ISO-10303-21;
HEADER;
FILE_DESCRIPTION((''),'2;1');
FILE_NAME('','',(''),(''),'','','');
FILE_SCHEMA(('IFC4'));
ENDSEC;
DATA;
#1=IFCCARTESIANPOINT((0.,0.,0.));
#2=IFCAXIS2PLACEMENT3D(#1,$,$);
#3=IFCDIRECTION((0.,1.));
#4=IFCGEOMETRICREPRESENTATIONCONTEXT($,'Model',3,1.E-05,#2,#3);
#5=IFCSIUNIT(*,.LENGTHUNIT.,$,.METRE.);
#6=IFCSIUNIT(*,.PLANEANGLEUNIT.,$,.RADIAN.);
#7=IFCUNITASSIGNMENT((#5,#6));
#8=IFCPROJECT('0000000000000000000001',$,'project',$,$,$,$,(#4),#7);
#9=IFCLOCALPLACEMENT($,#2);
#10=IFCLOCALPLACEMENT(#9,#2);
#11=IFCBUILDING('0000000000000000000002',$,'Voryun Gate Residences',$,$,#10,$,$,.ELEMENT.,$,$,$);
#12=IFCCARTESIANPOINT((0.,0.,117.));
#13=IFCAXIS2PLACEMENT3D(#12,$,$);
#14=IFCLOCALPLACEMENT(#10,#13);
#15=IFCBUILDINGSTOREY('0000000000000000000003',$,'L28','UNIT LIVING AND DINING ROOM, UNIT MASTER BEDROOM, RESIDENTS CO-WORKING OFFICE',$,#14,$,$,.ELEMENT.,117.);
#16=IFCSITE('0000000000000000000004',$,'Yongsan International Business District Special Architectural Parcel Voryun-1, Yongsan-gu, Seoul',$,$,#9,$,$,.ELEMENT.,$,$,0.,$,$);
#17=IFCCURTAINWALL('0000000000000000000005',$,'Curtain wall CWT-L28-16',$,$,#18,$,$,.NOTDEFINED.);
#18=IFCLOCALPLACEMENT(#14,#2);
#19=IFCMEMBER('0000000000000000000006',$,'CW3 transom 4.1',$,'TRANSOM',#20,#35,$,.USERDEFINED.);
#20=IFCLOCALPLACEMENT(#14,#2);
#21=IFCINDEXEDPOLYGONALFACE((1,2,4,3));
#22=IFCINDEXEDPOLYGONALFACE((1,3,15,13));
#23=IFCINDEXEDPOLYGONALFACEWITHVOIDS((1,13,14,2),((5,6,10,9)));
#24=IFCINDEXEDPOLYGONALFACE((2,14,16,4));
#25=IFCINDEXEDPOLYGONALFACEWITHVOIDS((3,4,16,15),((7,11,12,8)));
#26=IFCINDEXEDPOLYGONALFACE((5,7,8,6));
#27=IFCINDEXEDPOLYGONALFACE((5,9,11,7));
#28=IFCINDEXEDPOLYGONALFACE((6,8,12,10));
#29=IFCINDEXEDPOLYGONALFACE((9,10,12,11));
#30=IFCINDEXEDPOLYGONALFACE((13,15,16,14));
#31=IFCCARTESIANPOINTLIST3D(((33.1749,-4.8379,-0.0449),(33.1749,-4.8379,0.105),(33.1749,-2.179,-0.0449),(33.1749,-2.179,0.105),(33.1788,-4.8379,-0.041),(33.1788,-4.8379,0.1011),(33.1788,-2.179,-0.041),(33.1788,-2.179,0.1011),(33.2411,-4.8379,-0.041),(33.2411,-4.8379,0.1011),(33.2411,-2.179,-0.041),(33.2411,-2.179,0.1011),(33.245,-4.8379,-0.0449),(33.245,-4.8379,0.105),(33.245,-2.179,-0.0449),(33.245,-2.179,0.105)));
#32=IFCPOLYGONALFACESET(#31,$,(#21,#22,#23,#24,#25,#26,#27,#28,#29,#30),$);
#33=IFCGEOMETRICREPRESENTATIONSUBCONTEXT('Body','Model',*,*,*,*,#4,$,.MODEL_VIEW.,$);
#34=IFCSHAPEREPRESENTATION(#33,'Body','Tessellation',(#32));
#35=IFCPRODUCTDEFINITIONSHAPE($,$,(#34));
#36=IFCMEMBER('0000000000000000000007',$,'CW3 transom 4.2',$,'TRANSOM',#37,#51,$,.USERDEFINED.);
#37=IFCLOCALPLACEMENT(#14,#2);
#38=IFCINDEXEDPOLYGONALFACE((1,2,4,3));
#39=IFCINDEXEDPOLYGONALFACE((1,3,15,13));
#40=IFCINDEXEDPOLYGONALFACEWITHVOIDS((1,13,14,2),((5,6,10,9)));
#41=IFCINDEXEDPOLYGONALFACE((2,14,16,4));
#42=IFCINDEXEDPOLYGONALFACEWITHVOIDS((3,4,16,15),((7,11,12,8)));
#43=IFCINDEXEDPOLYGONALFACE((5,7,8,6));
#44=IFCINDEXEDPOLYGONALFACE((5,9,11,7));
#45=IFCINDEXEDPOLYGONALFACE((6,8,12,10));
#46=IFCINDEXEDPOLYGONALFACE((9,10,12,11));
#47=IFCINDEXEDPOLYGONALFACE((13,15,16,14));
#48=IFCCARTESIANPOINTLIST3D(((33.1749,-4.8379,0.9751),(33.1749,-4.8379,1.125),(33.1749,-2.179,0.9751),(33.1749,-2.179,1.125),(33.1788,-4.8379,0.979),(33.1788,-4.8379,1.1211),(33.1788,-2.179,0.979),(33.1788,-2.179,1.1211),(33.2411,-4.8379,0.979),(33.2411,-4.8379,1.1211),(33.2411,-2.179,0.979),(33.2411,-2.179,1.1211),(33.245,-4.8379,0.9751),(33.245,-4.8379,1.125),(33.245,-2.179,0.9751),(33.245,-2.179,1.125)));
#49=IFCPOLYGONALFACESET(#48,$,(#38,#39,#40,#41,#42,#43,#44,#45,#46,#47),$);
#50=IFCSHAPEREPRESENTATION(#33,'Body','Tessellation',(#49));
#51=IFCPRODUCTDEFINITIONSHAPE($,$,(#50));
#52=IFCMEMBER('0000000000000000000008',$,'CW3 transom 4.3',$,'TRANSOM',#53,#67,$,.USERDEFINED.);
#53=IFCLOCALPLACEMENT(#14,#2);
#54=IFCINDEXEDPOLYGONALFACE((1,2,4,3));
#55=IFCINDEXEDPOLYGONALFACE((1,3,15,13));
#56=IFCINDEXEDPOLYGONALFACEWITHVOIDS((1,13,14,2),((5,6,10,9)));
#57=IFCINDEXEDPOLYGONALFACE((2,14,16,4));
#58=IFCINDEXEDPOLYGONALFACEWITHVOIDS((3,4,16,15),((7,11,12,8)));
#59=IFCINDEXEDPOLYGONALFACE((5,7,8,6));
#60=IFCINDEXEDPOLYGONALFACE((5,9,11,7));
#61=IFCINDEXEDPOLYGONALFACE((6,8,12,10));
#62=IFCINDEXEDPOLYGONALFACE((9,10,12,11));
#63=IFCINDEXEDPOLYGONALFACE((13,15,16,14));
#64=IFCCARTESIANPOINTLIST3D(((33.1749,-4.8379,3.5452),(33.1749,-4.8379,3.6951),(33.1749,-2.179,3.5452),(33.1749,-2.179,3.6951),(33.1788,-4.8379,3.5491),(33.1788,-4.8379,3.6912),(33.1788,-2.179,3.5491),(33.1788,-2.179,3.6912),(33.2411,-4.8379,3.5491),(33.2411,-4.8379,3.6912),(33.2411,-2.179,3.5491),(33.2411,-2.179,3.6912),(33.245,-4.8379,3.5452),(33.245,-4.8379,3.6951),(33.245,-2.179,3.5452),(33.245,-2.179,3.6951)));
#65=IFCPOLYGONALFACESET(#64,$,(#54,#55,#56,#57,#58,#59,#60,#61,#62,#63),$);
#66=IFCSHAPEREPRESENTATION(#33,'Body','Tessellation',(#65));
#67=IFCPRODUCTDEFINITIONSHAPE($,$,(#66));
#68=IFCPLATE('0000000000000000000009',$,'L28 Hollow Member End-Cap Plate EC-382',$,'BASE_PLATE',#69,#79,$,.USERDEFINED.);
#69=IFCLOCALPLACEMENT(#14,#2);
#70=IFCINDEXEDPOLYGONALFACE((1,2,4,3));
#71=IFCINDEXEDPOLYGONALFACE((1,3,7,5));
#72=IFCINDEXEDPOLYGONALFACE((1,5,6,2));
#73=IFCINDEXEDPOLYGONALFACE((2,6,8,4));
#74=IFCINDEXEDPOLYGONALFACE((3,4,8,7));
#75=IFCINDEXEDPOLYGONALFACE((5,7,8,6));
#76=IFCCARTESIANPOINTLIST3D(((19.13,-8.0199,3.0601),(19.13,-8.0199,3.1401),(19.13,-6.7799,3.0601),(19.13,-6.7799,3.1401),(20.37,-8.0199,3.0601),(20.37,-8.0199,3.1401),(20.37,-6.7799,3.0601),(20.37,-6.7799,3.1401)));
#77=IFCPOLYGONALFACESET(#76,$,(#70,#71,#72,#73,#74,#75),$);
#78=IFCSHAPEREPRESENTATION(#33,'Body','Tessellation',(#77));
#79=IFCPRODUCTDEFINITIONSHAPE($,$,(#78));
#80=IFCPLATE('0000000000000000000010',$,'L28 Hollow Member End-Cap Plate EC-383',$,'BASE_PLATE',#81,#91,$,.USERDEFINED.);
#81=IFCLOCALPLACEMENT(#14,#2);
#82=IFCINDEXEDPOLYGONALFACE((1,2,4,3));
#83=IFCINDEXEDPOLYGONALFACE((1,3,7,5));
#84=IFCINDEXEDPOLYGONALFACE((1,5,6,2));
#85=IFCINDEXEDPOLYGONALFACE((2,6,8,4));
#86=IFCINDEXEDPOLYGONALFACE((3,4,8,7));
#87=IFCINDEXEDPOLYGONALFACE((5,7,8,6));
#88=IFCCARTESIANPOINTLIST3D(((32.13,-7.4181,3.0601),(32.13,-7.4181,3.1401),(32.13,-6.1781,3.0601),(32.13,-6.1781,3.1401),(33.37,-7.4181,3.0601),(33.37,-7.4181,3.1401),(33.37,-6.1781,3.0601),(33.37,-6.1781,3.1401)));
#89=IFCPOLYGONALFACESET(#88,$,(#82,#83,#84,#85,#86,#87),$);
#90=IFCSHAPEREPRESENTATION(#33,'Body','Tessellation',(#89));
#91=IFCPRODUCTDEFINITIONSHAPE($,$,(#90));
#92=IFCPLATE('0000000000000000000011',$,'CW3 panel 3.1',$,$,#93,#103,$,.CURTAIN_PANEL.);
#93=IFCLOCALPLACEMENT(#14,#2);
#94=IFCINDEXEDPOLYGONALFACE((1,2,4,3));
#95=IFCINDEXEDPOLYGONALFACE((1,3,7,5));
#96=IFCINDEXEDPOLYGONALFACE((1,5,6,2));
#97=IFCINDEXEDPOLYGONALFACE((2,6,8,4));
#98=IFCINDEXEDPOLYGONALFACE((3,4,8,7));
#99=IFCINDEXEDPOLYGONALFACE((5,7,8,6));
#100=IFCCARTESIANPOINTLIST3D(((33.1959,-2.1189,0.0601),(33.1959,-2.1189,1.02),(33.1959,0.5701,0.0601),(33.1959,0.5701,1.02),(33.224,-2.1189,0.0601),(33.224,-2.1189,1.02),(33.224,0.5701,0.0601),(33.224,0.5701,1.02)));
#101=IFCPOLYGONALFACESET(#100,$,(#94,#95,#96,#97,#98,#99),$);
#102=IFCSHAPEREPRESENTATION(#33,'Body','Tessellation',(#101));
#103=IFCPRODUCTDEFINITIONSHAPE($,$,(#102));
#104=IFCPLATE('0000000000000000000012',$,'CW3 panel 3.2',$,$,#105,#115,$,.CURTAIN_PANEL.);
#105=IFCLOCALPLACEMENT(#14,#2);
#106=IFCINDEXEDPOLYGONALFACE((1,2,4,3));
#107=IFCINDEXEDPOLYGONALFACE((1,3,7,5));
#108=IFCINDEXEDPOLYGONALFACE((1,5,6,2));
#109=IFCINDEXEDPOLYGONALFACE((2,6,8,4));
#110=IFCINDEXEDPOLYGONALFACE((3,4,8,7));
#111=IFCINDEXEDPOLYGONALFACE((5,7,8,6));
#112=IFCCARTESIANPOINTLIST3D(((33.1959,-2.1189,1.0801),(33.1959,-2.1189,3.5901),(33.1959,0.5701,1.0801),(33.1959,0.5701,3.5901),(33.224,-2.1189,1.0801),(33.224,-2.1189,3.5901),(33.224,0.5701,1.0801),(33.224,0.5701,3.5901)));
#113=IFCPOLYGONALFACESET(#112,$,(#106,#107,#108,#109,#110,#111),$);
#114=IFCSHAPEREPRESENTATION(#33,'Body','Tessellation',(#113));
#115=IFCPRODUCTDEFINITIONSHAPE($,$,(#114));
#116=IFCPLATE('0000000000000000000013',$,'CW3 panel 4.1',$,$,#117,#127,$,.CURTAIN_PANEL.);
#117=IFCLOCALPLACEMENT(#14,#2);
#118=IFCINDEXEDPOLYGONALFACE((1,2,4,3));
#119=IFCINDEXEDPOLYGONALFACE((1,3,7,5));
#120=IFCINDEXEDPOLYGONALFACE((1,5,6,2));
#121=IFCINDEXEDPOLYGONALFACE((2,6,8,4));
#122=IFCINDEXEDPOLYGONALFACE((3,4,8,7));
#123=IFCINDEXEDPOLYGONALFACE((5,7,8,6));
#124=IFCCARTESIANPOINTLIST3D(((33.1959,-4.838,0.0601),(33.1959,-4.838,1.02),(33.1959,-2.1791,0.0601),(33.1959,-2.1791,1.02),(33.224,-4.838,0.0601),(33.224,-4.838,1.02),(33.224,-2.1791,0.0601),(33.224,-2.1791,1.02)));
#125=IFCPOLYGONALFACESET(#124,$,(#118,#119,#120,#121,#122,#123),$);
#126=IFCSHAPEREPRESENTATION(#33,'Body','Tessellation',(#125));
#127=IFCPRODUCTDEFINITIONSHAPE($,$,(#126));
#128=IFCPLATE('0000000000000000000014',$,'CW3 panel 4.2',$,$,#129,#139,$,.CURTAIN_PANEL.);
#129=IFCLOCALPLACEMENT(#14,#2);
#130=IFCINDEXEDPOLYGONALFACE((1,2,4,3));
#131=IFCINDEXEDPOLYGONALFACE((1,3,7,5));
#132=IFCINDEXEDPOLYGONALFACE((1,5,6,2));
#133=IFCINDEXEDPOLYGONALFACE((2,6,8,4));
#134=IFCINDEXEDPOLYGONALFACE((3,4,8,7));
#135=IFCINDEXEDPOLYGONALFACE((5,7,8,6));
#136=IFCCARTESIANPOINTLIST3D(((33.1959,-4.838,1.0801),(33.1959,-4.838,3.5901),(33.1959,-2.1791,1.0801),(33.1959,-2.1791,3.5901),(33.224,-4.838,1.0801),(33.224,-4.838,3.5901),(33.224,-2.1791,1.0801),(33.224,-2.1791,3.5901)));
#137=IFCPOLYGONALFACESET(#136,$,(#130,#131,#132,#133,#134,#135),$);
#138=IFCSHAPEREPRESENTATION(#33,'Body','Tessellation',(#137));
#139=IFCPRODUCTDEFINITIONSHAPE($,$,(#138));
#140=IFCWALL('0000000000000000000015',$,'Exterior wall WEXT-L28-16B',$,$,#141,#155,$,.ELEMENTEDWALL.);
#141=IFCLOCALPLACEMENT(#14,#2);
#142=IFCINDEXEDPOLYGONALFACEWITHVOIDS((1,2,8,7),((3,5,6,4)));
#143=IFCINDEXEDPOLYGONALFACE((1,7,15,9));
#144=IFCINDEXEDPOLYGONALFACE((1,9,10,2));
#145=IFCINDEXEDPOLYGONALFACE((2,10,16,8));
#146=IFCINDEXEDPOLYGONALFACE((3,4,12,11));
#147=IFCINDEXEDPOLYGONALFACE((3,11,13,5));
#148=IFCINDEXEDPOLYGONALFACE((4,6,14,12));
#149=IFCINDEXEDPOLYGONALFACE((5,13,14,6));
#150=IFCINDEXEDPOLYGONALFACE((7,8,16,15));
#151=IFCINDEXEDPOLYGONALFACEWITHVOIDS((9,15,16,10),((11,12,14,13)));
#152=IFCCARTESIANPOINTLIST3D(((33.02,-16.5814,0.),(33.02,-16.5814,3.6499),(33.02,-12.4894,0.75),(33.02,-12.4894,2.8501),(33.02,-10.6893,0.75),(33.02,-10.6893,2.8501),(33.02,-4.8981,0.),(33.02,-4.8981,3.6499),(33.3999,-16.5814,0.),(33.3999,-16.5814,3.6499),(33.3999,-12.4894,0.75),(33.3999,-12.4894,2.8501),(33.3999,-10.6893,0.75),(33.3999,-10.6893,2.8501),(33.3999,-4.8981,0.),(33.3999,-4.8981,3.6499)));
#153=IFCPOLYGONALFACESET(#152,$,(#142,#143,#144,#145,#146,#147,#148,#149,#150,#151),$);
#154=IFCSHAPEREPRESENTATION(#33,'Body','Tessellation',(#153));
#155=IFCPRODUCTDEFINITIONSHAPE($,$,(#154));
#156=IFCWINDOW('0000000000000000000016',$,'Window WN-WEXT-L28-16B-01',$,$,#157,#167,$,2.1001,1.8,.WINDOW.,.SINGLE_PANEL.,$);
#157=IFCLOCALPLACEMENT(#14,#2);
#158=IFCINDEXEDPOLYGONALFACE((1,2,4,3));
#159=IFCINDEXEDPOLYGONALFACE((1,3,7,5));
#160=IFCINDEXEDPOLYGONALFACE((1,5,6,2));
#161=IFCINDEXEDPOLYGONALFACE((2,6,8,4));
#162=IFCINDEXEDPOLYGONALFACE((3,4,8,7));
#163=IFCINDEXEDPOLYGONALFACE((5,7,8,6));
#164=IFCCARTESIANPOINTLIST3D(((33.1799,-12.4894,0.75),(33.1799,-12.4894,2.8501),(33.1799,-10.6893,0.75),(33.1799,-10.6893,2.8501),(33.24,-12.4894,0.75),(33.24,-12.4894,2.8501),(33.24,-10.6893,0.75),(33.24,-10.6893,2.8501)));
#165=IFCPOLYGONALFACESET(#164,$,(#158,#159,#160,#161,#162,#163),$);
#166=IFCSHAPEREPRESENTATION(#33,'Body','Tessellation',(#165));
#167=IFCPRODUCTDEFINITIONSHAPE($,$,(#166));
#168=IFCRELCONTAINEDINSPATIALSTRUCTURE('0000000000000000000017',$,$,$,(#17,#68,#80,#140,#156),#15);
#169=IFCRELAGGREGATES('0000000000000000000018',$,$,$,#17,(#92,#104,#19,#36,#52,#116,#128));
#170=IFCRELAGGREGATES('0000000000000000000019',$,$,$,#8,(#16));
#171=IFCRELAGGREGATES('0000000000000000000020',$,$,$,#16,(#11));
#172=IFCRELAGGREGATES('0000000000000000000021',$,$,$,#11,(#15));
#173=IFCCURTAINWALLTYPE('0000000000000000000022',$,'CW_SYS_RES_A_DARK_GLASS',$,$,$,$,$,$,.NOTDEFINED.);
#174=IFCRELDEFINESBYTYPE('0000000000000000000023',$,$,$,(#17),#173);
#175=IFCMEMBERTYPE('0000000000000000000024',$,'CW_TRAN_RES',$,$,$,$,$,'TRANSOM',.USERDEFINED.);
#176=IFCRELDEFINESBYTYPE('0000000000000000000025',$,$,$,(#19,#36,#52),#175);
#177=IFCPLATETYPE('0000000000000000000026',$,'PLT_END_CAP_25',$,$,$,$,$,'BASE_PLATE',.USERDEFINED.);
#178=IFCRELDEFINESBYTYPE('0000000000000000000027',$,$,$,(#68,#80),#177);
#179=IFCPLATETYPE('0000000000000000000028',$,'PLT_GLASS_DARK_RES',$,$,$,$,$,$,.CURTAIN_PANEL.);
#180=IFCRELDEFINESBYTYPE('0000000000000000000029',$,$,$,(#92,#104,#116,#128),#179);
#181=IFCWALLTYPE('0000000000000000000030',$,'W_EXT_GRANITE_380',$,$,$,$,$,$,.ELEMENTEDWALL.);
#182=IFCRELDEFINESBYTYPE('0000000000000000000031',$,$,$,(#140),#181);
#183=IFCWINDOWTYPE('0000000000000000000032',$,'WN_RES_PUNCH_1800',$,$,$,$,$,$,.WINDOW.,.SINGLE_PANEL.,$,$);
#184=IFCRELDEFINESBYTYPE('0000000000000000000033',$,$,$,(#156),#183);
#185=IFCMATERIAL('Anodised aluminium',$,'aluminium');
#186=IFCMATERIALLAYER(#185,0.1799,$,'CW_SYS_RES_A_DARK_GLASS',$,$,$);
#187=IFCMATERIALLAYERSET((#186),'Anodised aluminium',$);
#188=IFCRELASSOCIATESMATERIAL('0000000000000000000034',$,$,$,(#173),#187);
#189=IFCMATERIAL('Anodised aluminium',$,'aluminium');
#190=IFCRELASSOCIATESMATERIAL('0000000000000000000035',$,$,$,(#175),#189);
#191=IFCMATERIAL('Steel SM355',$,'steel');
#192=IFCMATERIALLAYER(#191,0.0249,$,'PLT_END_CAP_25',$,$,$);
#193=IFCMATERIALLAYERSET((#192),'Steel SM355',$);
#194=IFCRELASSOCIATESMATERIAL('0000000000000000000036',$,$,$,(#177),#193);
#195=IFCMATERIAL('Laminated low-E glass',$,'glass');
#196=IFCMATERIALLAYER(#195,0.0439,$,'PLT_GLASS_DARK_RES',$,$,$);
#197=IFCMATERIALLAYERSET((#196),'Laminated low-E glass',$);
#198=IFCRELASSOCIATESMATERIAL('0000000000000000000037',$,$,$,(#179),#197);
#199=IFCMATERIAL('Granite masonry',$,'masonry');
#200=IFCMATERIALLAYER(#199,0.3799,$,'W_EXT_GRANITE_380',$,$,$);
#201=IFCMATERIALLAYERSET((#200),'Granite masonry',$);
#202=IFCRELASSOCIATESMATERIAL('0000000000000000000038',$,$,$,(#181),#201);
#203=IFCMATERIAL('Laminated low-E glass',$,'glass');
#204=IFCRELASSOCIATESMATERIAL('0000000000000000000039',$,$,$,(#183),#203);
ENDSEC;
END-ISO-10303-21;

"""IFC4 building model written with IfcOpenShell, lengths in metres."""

from ifc_helpers import new_model, si_unit, direction, frame, frame_2d, origin, origin_2d, place, context, subcontext, project, spatial, rectangle, hollow_rectangle, extrude, material, layer, layer_set, material_profile, profile_set, type_object, element, fill, aggregate, save


model = new_model("IFC4")

# Units and contexts
model_context = context("Model", 3, precision=1e-05, world=origin(), true_north=direction((0.0, 1.0)))
body_context = subcontext(model_context, "Body", "Model", "MODEL_VIEW")
ifc_project = project(units=[si_unit("LENGTHUNIT", "METRE"), si_unit("PLANEANGLEUNIT", "RADIAN")], contexts=[model_context])

# Site, building, storey
site_placement = place(None, origin())
site = spatial("IfcSite", under=ifc_project, at=site_placement, Name="Yongsan International Business District Special Architectural Parcel Voryun-1, Yongsan-gu, Seoul", CompositionType="ELEMENT", RefElevation=0.0)
building_placement = place(site_placement, origin())
building = spatial("IfcBuilding", under=site, at=building_placement, Name="Voryun Gate Residences", CompositionType="ELEMENT")
storey_placement = place(building_placement, frame((0.0, 0.0, 117.0)))
storey = spatial("IfcBuildingStorey", under=building, at=storey_placement, Name="L28", Description="UNIT LIVING AND DINING ROOM, UNIT MASTER BEDROOM, RESIDENTS CO-WORKING OFFICE", CompositionType="ELEMENT", Elevation=117.0)

# Curtain wall, members
ifc_material_1 = material(Name="Anodised aluminium", Category="aluminium")
ifc_layer_1 = layer(ifc_material_1, 0.1799, Name="CW_SYS_RES_A_DARK_GLASS")
ifc_layer_set_1 = layer_set([ifc_layer_1], Name="Anodised aluminium")
curtain_wall_type = type_object("IfcCurtainWallType", Name="CW_SYS_RES_A_DARK_GLASS", PredefinedType="NOTDEFINED", material=ifc_layer_set_1)
curtain_wall_placement = place(storey_placement, origin())
curtain_wall = element("IfcCurtainWall", 1, at=curtain_wall_placement, inside=storey, type_object=curtain_wall_type, Name="Curtain wall CWT-L28-16", PredefinedType="NOTDEFINED")
ifc_material_2 = material(Name="Anodised aluminium", Category="aluminium")
ifc_material_profile_1 = material_profile(ifc_material_2, hollow_rectangle(XDim=0.0701, YDim=0.1499, WallThickness=0.0039, at=origin_2d()), Name="ALU-TRAN-150x70x4")
ifc_profile_set_1 = profile_set([ifc_material_profile_1], Name="Anodised aluminium")
member_type_1 = type_object("IfcMemberType", Name="CW_TRAN_RES", ElementType="TRANSOM", PredefinedType="USERDEFINED", material=ifc_profile_set_1)
member_1_placement = place(storey_placement, frame((33.21, -2.179, 0.03), z_axis=(0.0, -1.0, 0.0), x_axis=(1.0, 0.0, 0.0)))
member_1 = element("IfcMember", 2, at=member_1_placement, type_object=member_type_1, Name="CW3 transom 4.1", ObjectType="TRANSOM", PredefinedType="USERDEFINED", context=body_context, shape_type="SweptSolid", body=[
    extrude(hollow_rectangle(XDim=0.0701, YDim=0.1499, WallThickness=0.0039, at=origin_2d()), origin(), (0.0, 0.0, 1.0), 2.6589),
])
member_2_placement = place(storey_placement, frame((33.21, -2.179, 1.05), z_axis=(0.0, -1.0, 0.0), x_axis=(1.0, 0.0, 0.0)))
member_2 = element("IfcMember", 3, at=member_2_placement, type_object=member_type_1, Name="CW3 transom 4.2", ObjectType="TRANSOM", PredefinedType="USERDEFINED", context=body_context, shape_type="SweptSolid", body=[
    extrude(hollow_rectangle(XDim=0.0701, YDim=0.1499, WallThickness=0.0039, at=origin_2d()), origin(), (0.0, 0.0, 1.0), 2.6589),
])
member_3_placement = place(storey_placement, frame((33.21, -2.179, 3.6201), z_axis=(0.0, -1.0, 0.0), x_axis=(1.0, 0.0, 0.0)))
member_3 = element("IfcMember", 4, at=member_3_placement, type_object=member_type_1, Name="CW3 transom 4.3", ObjectType="TRANSOM", PredefinedType="USERDEFINED", context=body_context, shape_type="SweptSolid", body=[
    extrude(hollow_rectangle(XDim=0.0701, YDim=0.1499, WallThickness=0.0039, at=origin_2d()), origin(), (0.0, 0.0, 1.0), 2.6589),
])

# Plates
ifc_material_3 = material(Name="Steel SM355", Category="steel")
ifc_layer_2 = layer(ifc_material_3, 0.0249, Name="PLT_END_CAP_25")
ifc_layer_set_2 = layer_set([ifc_layer_2], Name="Steel SM355")
plate_type_1 = type_object("IfcPlateType", Name="PLT_END_CAP_25", ElementType="BASE_PLATE", PredefinedType="USERDEFINED", material=ifc_layer_set_2)
for number, where, z_axis, x_axis, name in (
    (5, (19.75, -7.3999, 3.0601), (0.0, 0.0, 1.0), (1.0, 0.0, 0.0), "L28 Hollow Member End-Cap Plate EC-382"),
    (6, (32.75, -6.7981, 3.0601), (0.0, 0.0, 1.0), (1.0, 0.0, 0.0), "L28 Hollow Member End-Cap Plate EC-383"),
):
    element("IfcPlate", number, at=place(storey_placement, frame(where, z_axis=z_axis, x_axis=x_axis)), inside=storey, type_object=plate_type_1, Name=name, ObjectType="BASE_PLATE", PredefinedType="USERDEFINED", context=body_context, shape_type="SweptSolid", body=[
        extrude(rectangle(XDim=1.24, YDim=1.24, at=origin_2d()), origin(), (0.0, 0.0, 1.0), 0.0801),
    ])

# Plates
ifc_material_4 = material(Name="Laminated low-E glass", Category="glass")
ifc_layer_3 = layer(ifc_material_4, 0.0439, Name="PLT_GLASS_DARK_RES")
ifc_layer_set_3 = layer_set([ifc_layer_3], Name="Laminated low-E glass")
plate_type_2 = type_object("IfcPlateType", Name="PLT_GLASS_DARK_RES", PredefinedType="CURTAIN_PANEL", material=ifc_layer_set_3)
plate_1_placement = place(storey_placement, frame((33.21, -0.7744, 0.0601), z_axis=(0.0, 0.0, 1.0), x_axis=(0.0, -1.0, 0.0)))
plate_1 = element("IfcPlate", 7, at=plate_1_placement, type_object=plate_type_2, Name="CW3 panel 3.1", PredefinedType="CURTAIN_PANEL", context=body_context, shape_type="SweptSolid", body=[
    extrude(rectangle(XDim=2.689, YDim=0.0281, at=origin_2d()), origin(), (0.0, 0.0, 1.0), 0.96),
])
plate_2_placement = place(storey_placement, frame((33.21, -0.7744, 1.0801), z_axis=(0.0, 0.0, 1.0), x_axis=(0.0, -1.0, 0.0)))
plate_2 = element("IfcPlate", 8, at=plate_2_placement, type_object=plate_type_2, Name="CW3 panel 3.2", PredefinedType="CURTAIN_PANEL", context=body_context, shape_type="SweptSolid", body=[
    extrude(rectangle(XDim=2.689, YDim=0.0281, at=origin_2d()), origin(), (0.0, 0.0, 1.0), 2.51),
])
plate_3_placement = place(storey_placement, frame((33.21, -3.5085, 0.0601), z_axis=(0.0, 0.0, 1.0), x_axis=(0.0, -1.0, 0.0)))
plate_3 = element("IfcPlate", 9, at=plate_3_placement, type_object=plate_type_2, Name="CW3 panel 4.1", PredefinedType="CURTAIN_PANEL", context=body_context, shape_type="SweptSolid", body=[
    extrude(rectangle(XDim=2.6589, YDim=0.0281, at=origin_2d()), origin(), (0.0, 0.0, 1.0), 0.96),
])
plate_4_placement = place(storey_placement, frame((33.21, -3.5085, 1.0801), z_axis=(0.0, 0.0, 1.0), x_axis=(0.0, -1.0, 0.0)))
plate_4 = element("IfcPlate", 10, at=plate_4_placement, type_object=plate_type_2, Name="CW3 panel 4.2", PredefinedType="CURTAIN_PANEL", context=body_context, shape_type="SweptSolid", body=[
    extrude(rectangle(XDim=2.6589, YDim=0.0281, at=origin_2d()), origin(), (0.0, 0.0, 1.0), 2.51),
])
aggregate(curtain_wall, [plate_1, plate_2, member_1, member_2, member_3, plate_3, plate_4])

# Wall, opening, window
ifc_material_5 = material(Name="Granite masonry", Category="masonry")
ifc_layer_4 = layer(ifc_material_5, 0.3799, Name="W_EXT_GRANITE_380")
ifc_layer_set_4 = layer_set([ifc_layer_4], Name="Granite masonry")
wall_type = type_object("IfcWallType", Name="W_EXT_GRANITE_380", PredefinedType="ELEMENTEDWALL", material=ifc_layer_set_4)
wall_placement = place(storey_placement, frame((33.21, -4.8979, 0.0), z_axis=(0.0, 0.0, 1.0), x_axis=(0.0, -1.0, 0.0)))
wall = element("IfcWall", 11, at=wall_placement, inside=storey, type_object=wall_type, Name="Exterior wall WEXT-L28-16B", PredefinedType="ELEMENTEDWALL", context=body_context, shape_type="SweptSolid", body=[
    extrude(rectangle(XDim=11.6833, YDim=0.3799, at=frame_2d((5.8418, 0.0))), origin(), (0.0, 0.0, 1.0), 3.6499),
])
opening_placement = place(wall_placement, frame((5.7915, 0.0, 0.75)))
opening = element("IfcOpeningElement", 12, at=opening_placement, cuts=wall, PredefinedType="OPENING", context=body_context, shape_type="SweptSolid", body=[
    extrude(rectangle(XDim=1.8, YDim=2.1001, at=frame_2d((0.8999, 1.05))), frame((0.0, 0.2, 0.0), z_axis=(0.0, -1.0, 0.0), x_axis=(1.0, 0.0, 0.0)), (0.0, 0.0, 1.0), 0.3999),
])
ifc_material_6 = material(Name="Laminated low-E glass", Category="glass")
window_type = type_object("IfcWindowType", Name="WN_RES_PUNCH_1800", PartitioningType="SINGLE_PANEL", PredefinedType="WINDOW", material=ifc_material_6)
window_placement = place(opening_placement, origin())
window = element("IfcWindow", 13, at=window_placement, inside=storey, type_object=window_type, Name="Window WN-WEXT-L28-16B-01", OverallHeight=2.1001, OverallWidth=1.8, PartitioningType="SINGLE_PANEL", PredefinedType="WINDOW", context=body_context, shape_type="SweptSolid", body=[
    extrude(rectangle(XDim=1.8, YDim=2.1001, at=frame_2d((0.8999, 1.05))), frame((0.0, 0.03, 0.0), z_axis=(0.0, -1.0, 0.0), x_axis=(1.0, 0.0, 0.0)), (0.0, 0.0, 1.0), 0.0601),
])
fill(opening, window)

save(model, "model.ifc")
